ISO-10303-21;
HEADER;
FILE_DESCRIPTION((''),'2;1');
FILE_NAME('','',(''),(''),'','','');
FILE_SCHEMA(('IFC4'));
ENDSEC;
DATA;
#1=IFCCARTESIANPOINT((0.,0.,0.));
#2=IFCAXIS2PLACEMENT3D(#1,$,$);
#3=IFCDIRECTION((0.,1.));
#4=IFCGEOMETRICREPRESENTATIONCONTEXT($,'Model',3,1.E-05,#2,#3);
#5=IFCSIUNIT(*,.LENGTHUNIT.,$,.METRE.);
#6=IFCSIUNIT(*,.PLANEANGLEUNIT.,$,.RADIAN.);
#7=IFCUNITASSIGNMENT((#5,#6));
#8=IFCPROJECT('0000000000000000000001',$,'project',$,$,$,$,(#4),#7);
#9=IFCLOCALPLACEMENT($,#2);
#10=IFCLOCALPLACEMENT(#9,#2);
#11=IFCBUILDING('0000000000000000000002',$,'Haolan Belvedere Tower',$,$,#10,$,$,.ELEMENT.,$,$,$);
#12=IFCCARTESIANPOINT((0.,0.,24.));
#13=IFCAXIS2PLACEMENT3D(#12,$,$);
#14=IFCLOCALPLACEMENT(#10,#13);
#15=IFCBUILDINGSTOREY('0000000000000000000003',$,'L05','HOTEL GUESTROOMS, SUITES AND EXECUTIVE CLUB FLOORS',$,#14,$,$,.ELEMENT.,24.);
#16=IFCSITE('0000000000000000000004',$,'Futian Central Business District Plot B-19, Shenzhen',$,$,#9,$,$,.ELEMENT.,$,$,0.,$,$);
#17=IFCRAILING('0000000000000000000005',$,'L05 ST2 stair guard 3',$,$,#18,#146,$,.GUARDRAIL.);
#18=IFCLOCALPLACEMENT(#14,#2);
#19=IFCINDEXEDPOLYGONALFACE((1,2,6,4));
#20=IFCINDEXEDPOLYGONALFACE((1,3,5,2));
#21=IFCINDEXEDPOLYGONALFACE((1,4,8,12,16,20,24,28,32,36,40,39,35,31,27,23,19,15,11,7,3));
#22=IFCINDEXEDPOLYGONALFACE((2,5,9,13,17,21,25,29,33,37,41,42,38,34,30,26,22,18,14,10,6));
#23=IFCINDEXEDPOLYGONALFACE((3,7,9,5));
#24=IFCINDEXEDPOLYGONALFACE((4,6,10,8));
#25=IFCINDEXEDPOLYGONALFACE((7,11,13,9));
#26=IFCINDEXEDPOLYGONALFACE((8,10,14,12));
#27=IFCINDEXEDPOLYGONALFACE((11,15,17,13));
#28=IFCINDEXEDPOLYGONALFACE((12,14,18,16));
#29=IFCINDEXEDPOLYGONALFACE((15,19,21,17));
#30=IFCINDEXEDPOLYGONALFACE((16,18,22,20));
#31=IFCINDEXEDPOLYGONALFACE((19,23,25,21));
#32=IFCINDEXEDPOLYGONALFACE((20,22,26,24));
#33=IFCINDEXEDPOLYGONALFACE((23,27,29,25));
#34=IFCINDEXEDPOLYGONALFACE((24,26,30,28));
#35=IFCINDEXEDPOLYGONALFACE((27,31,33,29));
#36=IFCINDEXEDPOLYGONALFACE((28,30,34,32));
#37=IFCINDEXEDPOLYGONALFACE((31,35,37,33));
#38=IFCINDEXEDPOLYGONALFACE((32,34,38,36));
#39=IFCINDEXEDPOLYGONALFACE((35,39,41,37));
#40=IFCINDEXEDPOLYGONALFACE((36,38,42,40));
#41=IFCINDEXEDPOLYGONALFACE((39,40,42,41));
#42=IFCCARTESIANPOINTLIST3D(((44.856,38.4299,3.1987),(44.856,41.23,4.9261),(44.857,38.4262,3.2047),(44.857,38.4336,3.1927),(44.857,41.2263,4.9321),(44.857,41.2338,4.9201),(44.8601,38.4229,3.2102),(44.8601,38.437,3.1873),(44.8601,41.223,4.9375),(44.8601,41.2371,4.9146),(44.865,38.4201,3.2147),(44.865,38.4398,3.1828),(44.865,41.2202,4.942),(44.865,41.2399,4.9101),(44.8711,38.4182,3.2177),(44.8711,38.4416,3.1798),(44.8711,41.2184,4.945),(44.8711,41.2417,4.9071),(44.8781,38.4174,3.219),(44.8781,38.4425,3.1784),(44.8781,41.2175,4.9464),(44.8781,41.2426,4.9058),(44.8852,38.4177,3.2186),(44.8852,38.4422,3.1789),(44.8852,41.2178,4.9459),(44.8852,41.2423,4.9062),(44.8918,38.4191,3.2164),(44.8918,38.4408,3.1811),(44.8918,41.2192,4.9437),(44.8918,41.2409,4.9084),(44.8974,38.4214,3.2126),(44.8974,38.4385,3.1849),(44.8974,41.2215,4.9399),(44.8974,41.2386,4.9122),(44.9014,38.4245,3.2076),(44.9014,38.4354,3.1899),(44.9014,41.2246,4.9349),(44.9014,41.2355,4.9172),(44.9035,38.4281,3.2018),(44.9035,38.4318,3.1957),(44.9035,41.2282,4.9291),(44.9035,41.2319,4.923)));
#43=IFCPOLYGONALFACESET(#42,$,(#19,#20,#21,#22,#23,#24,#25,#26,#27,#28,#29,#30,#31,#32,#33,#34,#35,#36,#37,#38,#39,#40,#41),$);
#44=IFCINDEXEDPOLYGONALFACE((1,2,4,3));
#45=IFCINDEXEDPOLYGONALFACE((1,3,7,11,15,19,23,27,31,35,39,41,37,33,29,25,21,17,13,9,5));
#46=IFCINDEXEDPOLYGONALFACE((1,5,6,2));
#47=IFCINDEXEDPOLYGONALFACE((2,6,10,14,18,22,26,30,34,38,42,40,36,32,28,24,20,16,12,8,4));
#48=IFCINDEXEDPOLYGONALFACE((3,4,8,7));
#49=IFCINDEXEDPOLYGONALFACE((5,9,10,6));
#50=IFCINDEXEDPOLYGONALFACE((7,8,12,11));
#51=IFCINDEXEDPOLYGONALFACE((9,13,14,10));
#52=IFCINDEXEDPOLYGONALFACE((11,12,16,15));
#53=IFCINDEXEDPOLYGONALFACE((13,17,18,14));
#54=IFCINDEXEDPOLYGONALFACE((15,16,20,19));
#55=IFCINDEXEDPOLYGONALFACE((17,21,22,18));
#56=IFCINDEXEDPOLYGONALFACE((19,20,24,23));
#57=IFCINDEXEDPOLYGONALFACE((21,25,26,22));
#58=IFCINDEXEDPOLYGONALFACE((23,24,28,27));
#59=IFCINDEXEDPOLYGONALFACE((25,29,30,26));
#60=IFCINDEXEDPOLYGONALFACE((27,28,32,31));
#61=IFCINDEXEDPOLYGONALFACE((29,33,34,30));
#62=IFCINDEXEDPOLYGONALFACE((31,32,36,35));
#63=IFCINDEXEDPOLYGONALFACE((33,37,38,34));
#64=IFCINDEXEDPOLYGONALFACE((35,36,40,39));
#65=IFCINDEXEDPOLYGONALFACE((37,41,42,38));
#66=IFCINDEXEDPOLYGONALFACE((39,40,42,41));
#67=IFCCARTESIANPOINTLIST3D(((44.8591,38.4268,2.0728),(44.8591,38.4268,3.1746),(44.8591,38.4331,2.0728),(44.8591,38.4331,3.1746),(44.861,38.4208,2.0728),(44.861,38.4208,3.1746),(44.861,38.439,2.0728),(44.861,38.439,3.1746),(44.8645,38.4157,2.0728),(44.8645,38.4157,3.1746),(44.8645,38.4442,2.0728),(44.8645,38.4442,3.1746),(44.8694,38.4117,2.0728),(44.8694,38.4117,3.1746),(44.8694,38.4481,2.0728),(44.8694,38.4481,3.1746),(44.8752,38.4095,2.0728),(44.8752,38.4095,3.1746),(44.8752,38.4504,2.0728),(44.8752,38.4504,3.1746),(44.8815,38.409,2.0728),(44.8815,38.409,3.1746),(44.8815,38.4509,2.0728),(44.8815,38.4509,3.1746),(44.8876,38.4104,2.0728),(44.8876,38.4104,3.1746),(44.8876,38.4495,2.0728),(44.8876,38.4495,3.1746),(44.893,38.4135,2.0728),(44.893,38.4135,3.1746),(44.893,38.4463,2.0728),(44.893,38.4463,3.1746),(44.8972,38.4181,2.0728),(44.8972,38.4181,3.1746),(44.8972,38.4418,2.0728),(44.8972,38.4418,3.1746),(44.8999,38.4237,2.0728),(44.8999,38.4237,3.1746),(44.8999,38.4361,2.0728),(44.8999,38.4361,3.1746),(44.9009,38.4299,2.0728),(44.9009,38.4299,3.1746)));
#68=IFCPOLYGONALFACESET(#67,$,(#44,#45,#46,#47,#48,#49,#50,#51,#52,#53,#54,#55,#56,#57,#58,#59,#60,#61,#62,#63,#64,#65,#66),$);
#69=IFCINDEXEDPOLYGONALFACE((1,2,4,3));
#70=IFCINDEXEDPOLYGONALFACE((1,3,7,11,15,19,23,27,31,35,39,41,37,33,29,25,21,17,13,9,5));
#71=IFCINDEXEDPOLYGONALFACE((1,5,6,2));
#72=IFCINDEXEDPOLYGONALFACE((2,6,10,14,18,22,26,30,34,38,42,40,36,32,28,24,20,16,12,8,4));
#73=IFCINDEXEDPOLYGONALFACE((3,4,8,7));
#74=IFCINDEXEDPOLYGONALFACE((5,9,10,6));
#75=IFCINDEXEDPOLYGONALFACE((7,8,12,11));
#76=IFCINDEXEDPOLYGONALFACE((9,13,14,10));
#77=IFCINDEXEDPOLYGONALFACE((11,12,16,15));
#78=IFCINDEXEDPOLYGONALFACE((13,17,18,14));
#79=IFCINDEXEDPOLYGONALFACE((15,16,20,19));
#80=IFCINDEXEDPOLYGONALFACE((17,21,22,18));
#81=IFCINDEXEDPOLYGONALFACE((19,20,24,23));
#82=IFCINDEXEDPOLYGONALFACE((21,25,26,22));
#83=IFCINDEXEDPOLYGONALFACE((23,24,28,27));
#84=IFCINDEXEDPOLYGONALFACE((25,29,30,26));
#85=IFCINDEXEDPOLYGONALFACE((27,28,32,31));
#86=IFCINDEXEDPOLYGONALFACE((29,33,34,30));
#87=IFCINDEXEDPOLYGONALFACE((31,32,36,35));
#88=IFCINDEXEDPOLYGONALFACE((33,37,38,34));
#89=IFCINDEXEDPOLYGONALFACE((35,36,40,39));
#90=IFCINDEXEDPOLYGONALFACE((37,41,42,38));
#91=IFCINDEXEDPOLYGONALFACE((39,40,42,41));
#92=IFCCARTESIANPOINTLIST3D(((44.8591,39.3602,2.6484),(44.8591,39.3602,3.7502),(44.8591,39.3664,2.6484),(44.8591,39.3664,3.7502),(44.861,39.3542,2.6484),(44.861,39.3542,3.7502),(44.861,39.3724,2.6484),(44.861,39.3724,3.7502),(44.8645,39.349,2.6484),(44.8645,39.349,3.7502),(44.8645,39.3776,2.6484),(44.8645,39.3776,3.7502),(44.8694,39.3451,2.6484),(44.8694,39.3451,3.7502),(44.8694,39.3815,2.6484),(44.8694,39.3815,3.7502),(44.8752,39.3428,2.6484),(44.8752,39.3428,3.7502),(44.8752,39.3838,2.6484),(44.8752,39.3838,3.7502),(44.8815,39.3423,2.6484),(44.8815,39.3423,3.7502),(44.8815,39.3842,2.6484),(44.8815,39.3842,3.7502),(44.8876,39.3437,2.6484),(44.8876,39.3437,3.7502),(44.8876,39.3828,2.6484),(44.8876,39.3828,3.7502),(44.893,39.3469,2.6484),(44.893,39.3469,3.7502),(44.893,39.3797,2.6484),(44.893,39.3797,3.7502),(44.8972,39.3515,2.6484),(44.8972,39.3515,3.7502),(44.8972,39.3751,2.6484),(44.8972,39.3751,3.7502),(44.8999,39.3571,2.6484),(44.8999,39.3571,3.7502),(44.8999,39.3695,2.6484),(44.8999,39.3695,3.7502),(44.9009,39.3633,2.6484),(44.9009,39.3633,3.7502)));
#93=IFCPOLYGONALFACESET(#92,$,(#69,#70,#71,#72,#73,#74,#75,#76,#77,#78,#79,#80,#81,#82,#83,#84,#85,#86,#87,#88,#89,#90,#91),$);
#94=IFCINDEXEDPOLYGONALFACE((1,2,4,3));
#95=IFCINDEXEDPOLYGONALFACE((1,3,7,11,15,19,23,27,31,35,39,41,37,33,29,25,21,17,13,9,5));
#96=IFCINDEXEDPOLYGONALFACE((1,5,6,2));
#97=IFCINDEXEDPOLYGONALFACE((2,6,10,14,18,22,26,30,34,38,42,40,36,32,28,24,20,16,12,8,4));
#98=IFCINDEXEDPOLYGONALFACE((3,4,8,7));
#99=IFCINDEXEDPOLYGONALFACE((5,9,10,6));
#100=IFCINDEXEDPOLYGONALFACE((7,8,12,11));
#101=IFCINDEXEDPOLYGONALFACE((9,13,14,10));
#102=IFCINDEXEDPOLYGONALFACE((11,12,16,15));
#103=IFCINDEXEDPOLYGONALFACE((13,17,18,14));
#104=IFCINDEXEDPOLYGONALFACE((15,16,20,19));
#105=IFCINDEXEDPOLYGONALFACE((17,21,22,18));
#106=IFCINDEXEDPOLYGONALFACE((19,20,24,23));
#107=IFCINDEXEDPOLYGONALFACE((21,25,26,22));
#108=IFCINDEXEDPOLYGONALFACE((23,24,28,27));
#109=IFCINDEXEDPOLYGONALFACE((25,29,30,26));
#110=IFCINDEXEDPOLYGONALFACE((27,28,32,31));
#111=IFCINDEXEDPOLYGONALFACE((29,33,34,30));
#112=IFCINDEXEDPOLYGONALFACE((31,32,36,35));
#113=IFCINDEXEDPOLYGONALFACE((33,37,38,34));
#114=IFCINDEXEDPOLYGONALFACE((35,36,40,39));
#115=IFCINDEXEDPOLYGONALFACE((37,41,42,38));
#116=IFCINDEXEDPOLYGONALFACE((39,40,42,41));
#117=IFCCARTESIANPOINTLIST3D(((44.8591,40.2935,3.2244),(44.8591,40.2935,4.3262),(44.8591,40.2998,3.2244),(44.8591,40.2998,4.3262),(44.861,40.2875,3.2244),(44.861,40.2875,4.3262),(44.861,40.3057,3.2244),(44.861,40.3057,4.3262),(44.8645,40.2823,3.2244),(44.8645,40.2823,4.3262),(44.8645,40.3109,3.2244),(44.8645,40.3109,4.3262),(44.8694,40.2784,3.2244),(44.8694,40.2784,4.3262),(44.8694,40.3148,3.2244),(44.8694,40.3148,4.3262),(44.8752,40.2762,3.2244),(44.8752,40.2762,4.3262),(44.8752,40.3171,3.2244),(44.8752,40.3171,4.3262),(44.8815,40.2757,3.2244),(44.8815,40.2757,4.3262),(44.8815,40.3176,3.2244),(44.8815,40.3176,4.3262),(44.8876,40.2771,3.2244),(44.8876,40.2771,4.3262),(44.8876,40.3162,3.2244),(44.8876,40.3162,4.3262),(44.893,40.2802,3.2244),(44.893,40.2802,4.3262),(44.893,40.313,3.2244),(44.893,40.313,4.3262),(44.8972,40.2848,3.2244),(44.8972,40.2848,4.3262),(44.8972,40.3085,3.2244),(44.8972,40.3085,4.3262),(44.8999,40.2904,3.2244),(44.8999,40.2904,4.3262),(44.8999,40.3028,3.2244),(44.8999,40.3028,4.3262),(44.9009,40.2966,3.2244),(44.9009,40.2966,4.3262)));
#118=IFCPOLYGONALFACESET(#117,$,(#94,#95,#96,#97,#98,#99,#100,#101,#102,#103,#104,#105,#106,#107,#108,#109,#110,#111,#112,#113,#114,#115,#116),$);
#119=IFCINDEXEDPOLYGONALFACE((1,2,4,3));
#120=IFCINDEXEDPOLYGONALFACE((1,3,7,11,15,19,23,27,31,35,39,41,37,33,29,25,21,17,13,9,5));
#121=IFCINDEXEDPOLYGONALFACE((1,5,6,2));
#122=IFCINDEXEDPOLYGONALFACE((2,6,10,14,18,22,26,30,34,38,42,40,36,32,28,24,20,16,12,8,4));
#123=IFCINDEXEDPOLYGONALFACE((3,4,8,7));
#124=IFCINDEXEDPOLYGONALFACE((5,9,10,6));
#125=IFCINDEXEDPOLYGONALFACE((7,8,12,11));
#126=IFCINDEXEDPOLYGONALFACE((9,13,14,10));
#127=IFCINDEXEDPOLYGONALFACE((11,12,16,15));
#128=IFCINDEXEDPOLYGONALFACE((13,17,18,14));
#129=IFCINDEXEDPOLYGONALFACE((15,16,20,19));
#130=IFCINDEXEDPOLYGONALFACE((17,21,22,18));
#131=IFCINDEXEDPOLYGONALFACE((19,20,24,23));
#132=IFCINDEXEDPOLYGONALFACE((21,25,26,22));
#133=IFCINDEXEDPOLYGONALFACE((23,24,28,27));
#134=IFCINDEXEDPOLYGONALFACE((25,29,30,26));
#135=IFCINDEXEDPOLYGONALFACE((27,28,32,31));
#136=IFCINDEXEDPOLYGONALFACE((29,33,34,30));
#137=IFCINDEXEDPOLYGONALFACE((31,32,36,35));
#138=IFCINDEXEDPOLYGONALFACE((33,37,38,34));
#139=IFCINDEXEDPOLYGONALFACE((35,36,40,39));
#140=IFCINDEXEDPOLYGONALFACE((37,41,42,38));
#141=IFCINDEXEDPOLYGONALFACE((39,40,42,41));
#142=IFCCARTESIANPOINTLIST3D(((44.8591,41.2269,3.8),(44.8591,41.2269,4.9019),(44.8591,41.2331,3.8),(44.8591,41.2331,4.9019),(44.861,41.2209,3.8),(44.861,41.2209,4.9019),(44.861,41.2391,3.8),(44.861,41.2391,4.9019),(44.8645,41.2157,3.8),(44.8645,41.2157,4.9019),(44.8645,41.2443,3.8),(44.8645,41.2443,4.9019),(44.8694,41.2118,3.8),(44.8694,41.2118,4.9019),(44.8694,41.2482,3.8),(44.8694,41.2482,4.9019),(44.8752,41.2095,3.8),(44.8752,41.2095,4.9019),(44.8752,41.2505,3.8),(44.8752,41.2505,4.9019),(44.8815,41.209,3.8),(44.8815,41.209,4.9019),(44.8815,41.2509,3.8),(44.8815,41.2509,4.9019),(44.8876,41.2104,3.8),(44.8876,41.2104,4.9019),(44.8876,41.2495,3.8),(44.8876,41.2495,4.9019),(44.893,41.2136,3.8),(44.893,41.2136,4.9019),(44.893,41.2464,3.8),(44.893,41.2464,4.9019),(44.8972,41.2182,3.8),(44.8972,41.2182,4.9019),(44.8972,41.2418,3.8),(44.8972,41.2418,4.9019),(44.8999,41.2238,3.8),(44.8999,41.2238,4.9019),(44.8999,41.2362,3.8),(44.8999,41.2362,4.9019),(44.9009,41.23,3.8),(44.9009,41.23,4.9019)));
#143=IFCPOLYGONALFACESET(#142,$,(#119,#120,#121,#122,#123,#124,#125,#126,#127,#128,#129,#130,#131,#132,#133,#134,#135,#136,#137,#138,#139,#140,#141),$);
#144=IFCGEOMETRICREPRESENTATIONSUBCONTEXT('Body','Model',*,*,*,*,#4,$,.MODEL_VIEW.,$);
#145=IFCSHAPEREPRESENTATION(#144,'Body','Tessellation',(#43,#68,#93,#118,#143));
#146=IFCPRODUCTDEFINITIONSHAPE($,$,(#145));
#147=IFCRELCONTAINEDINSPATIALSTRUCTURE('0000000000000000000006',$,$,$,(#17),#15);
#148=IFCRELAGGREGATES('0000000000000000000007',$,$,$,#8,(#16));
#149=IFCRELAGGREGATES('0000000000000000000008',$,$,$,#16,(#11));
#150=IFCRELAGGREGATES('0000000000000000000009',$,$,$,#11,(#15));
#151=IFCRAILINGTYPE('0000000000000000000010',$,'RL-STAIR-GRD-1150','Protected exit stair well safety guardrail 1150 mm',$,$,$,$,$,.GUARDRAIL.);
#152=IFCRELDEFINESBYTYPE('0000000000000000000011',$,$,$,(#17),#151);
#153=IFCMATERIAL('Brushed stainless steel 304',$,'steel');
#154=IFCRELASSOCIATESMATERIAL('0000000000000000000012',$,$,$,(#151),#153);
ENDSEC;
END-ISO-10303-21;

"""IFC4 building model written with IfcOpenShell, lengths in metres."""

from ifc_helpers import new_model, si_unit, direction, frame, origin, origin_2d, place, context, subcontext, project, spatial, circle, extrude, material, type_object, element, save


model = new_model("IFC4")

# Units and contexts
model_context = context("Model", 3, precision=1e-05, world=origin(), true_north=direction((0.0, 1.0)))
body_context = subcontext(model_context, "Body", "Model", "MODEL_VIEW")
ifc_project = project(units=[si_unit("LENGTHUNIT", "METRE"), si_unit("PLANEANGLEUNIT", "RADIAN")], contexts=[model_context])

# Site, building, storey
site_placement = place(None, origin())
site = spatial("IfcSite", under=ifc_project, at=site_placement, Name="Futian Central Business District Plot B-19, Shenzhen", CompositionType="ELEMENT", RefElevation=0.0)
building_placement = place(site_placement, origin())
building = spatial("IfcBuilding", under=site, at=building_placement, Name="Haolan Belvedere Tower", CompositionType="ELEMENT")
storey_placement = place(building_placement, frame((0.0, 0.0, 24.0)))
storey = spatial("IfcBuildingStorey", under=building, at=storey_placement, Name="L05", Description="HOTEL GUESTROOMS, SUITES AND EXECUTIVE CLUB FLOORS", CompositionType="ELEMENT", Elevation=24.0)

# Railing
ifc_material_1 = material(Name="Brushed stainless steel 304", Category="steel")
railing_type_1 = type_object("IfcRailingType", Name="RL-STAIR-GRD-1150", Description="Protected exit stair well safety guardrail 1150 mm", PredefinedType="GUARDRAIL", material=ifc_material_1)
railing_1_placement = place(storey_placement, frame((44.8799, 38.4299, 2.0728)))
element("IfcRailing", 1, at=railing_1_placement, inside=storey, type_object=railing_type_1, Name="L05 ST2 stair guard 3", PredefinedType="GUARDRAIL", context=body_context, shape_type="SweptSolid", body=[
    extrude(circle(Radius=0.0239, at=origin_2d()), frame((0.0, 0.0, 1.126), z_axis=(0.0, 0.85109, 0.52502), x_axis=(-1.0, 0.0, 0.0)), (0.0, 0.0, 1.0), 3.29),
    extrude(circle(Radius=0.021, at=origin_2d()), origin(), (0.0, 0.0, 1.0), 1.1018),
    extrude(circle(Radius=0.021, at=origin_2d()), frame((0.0, 0.9333, 0.5757)), (0.0, 0.0, 1.0), 1.1018),
    extrude(circle(Radius=0.021, at=origin_2d()), frame((0.0, 1.8667, 1.1516)), (0.0, 0.0, 1.0), 1.1018),
    extrude(circle(Radius=0.021, at=origin_2d()), frame((0.0, 2.8, 1.7273)), (0.0, 0.0, 1.0), 1.1018),
])

save(model, "model.ifc")
